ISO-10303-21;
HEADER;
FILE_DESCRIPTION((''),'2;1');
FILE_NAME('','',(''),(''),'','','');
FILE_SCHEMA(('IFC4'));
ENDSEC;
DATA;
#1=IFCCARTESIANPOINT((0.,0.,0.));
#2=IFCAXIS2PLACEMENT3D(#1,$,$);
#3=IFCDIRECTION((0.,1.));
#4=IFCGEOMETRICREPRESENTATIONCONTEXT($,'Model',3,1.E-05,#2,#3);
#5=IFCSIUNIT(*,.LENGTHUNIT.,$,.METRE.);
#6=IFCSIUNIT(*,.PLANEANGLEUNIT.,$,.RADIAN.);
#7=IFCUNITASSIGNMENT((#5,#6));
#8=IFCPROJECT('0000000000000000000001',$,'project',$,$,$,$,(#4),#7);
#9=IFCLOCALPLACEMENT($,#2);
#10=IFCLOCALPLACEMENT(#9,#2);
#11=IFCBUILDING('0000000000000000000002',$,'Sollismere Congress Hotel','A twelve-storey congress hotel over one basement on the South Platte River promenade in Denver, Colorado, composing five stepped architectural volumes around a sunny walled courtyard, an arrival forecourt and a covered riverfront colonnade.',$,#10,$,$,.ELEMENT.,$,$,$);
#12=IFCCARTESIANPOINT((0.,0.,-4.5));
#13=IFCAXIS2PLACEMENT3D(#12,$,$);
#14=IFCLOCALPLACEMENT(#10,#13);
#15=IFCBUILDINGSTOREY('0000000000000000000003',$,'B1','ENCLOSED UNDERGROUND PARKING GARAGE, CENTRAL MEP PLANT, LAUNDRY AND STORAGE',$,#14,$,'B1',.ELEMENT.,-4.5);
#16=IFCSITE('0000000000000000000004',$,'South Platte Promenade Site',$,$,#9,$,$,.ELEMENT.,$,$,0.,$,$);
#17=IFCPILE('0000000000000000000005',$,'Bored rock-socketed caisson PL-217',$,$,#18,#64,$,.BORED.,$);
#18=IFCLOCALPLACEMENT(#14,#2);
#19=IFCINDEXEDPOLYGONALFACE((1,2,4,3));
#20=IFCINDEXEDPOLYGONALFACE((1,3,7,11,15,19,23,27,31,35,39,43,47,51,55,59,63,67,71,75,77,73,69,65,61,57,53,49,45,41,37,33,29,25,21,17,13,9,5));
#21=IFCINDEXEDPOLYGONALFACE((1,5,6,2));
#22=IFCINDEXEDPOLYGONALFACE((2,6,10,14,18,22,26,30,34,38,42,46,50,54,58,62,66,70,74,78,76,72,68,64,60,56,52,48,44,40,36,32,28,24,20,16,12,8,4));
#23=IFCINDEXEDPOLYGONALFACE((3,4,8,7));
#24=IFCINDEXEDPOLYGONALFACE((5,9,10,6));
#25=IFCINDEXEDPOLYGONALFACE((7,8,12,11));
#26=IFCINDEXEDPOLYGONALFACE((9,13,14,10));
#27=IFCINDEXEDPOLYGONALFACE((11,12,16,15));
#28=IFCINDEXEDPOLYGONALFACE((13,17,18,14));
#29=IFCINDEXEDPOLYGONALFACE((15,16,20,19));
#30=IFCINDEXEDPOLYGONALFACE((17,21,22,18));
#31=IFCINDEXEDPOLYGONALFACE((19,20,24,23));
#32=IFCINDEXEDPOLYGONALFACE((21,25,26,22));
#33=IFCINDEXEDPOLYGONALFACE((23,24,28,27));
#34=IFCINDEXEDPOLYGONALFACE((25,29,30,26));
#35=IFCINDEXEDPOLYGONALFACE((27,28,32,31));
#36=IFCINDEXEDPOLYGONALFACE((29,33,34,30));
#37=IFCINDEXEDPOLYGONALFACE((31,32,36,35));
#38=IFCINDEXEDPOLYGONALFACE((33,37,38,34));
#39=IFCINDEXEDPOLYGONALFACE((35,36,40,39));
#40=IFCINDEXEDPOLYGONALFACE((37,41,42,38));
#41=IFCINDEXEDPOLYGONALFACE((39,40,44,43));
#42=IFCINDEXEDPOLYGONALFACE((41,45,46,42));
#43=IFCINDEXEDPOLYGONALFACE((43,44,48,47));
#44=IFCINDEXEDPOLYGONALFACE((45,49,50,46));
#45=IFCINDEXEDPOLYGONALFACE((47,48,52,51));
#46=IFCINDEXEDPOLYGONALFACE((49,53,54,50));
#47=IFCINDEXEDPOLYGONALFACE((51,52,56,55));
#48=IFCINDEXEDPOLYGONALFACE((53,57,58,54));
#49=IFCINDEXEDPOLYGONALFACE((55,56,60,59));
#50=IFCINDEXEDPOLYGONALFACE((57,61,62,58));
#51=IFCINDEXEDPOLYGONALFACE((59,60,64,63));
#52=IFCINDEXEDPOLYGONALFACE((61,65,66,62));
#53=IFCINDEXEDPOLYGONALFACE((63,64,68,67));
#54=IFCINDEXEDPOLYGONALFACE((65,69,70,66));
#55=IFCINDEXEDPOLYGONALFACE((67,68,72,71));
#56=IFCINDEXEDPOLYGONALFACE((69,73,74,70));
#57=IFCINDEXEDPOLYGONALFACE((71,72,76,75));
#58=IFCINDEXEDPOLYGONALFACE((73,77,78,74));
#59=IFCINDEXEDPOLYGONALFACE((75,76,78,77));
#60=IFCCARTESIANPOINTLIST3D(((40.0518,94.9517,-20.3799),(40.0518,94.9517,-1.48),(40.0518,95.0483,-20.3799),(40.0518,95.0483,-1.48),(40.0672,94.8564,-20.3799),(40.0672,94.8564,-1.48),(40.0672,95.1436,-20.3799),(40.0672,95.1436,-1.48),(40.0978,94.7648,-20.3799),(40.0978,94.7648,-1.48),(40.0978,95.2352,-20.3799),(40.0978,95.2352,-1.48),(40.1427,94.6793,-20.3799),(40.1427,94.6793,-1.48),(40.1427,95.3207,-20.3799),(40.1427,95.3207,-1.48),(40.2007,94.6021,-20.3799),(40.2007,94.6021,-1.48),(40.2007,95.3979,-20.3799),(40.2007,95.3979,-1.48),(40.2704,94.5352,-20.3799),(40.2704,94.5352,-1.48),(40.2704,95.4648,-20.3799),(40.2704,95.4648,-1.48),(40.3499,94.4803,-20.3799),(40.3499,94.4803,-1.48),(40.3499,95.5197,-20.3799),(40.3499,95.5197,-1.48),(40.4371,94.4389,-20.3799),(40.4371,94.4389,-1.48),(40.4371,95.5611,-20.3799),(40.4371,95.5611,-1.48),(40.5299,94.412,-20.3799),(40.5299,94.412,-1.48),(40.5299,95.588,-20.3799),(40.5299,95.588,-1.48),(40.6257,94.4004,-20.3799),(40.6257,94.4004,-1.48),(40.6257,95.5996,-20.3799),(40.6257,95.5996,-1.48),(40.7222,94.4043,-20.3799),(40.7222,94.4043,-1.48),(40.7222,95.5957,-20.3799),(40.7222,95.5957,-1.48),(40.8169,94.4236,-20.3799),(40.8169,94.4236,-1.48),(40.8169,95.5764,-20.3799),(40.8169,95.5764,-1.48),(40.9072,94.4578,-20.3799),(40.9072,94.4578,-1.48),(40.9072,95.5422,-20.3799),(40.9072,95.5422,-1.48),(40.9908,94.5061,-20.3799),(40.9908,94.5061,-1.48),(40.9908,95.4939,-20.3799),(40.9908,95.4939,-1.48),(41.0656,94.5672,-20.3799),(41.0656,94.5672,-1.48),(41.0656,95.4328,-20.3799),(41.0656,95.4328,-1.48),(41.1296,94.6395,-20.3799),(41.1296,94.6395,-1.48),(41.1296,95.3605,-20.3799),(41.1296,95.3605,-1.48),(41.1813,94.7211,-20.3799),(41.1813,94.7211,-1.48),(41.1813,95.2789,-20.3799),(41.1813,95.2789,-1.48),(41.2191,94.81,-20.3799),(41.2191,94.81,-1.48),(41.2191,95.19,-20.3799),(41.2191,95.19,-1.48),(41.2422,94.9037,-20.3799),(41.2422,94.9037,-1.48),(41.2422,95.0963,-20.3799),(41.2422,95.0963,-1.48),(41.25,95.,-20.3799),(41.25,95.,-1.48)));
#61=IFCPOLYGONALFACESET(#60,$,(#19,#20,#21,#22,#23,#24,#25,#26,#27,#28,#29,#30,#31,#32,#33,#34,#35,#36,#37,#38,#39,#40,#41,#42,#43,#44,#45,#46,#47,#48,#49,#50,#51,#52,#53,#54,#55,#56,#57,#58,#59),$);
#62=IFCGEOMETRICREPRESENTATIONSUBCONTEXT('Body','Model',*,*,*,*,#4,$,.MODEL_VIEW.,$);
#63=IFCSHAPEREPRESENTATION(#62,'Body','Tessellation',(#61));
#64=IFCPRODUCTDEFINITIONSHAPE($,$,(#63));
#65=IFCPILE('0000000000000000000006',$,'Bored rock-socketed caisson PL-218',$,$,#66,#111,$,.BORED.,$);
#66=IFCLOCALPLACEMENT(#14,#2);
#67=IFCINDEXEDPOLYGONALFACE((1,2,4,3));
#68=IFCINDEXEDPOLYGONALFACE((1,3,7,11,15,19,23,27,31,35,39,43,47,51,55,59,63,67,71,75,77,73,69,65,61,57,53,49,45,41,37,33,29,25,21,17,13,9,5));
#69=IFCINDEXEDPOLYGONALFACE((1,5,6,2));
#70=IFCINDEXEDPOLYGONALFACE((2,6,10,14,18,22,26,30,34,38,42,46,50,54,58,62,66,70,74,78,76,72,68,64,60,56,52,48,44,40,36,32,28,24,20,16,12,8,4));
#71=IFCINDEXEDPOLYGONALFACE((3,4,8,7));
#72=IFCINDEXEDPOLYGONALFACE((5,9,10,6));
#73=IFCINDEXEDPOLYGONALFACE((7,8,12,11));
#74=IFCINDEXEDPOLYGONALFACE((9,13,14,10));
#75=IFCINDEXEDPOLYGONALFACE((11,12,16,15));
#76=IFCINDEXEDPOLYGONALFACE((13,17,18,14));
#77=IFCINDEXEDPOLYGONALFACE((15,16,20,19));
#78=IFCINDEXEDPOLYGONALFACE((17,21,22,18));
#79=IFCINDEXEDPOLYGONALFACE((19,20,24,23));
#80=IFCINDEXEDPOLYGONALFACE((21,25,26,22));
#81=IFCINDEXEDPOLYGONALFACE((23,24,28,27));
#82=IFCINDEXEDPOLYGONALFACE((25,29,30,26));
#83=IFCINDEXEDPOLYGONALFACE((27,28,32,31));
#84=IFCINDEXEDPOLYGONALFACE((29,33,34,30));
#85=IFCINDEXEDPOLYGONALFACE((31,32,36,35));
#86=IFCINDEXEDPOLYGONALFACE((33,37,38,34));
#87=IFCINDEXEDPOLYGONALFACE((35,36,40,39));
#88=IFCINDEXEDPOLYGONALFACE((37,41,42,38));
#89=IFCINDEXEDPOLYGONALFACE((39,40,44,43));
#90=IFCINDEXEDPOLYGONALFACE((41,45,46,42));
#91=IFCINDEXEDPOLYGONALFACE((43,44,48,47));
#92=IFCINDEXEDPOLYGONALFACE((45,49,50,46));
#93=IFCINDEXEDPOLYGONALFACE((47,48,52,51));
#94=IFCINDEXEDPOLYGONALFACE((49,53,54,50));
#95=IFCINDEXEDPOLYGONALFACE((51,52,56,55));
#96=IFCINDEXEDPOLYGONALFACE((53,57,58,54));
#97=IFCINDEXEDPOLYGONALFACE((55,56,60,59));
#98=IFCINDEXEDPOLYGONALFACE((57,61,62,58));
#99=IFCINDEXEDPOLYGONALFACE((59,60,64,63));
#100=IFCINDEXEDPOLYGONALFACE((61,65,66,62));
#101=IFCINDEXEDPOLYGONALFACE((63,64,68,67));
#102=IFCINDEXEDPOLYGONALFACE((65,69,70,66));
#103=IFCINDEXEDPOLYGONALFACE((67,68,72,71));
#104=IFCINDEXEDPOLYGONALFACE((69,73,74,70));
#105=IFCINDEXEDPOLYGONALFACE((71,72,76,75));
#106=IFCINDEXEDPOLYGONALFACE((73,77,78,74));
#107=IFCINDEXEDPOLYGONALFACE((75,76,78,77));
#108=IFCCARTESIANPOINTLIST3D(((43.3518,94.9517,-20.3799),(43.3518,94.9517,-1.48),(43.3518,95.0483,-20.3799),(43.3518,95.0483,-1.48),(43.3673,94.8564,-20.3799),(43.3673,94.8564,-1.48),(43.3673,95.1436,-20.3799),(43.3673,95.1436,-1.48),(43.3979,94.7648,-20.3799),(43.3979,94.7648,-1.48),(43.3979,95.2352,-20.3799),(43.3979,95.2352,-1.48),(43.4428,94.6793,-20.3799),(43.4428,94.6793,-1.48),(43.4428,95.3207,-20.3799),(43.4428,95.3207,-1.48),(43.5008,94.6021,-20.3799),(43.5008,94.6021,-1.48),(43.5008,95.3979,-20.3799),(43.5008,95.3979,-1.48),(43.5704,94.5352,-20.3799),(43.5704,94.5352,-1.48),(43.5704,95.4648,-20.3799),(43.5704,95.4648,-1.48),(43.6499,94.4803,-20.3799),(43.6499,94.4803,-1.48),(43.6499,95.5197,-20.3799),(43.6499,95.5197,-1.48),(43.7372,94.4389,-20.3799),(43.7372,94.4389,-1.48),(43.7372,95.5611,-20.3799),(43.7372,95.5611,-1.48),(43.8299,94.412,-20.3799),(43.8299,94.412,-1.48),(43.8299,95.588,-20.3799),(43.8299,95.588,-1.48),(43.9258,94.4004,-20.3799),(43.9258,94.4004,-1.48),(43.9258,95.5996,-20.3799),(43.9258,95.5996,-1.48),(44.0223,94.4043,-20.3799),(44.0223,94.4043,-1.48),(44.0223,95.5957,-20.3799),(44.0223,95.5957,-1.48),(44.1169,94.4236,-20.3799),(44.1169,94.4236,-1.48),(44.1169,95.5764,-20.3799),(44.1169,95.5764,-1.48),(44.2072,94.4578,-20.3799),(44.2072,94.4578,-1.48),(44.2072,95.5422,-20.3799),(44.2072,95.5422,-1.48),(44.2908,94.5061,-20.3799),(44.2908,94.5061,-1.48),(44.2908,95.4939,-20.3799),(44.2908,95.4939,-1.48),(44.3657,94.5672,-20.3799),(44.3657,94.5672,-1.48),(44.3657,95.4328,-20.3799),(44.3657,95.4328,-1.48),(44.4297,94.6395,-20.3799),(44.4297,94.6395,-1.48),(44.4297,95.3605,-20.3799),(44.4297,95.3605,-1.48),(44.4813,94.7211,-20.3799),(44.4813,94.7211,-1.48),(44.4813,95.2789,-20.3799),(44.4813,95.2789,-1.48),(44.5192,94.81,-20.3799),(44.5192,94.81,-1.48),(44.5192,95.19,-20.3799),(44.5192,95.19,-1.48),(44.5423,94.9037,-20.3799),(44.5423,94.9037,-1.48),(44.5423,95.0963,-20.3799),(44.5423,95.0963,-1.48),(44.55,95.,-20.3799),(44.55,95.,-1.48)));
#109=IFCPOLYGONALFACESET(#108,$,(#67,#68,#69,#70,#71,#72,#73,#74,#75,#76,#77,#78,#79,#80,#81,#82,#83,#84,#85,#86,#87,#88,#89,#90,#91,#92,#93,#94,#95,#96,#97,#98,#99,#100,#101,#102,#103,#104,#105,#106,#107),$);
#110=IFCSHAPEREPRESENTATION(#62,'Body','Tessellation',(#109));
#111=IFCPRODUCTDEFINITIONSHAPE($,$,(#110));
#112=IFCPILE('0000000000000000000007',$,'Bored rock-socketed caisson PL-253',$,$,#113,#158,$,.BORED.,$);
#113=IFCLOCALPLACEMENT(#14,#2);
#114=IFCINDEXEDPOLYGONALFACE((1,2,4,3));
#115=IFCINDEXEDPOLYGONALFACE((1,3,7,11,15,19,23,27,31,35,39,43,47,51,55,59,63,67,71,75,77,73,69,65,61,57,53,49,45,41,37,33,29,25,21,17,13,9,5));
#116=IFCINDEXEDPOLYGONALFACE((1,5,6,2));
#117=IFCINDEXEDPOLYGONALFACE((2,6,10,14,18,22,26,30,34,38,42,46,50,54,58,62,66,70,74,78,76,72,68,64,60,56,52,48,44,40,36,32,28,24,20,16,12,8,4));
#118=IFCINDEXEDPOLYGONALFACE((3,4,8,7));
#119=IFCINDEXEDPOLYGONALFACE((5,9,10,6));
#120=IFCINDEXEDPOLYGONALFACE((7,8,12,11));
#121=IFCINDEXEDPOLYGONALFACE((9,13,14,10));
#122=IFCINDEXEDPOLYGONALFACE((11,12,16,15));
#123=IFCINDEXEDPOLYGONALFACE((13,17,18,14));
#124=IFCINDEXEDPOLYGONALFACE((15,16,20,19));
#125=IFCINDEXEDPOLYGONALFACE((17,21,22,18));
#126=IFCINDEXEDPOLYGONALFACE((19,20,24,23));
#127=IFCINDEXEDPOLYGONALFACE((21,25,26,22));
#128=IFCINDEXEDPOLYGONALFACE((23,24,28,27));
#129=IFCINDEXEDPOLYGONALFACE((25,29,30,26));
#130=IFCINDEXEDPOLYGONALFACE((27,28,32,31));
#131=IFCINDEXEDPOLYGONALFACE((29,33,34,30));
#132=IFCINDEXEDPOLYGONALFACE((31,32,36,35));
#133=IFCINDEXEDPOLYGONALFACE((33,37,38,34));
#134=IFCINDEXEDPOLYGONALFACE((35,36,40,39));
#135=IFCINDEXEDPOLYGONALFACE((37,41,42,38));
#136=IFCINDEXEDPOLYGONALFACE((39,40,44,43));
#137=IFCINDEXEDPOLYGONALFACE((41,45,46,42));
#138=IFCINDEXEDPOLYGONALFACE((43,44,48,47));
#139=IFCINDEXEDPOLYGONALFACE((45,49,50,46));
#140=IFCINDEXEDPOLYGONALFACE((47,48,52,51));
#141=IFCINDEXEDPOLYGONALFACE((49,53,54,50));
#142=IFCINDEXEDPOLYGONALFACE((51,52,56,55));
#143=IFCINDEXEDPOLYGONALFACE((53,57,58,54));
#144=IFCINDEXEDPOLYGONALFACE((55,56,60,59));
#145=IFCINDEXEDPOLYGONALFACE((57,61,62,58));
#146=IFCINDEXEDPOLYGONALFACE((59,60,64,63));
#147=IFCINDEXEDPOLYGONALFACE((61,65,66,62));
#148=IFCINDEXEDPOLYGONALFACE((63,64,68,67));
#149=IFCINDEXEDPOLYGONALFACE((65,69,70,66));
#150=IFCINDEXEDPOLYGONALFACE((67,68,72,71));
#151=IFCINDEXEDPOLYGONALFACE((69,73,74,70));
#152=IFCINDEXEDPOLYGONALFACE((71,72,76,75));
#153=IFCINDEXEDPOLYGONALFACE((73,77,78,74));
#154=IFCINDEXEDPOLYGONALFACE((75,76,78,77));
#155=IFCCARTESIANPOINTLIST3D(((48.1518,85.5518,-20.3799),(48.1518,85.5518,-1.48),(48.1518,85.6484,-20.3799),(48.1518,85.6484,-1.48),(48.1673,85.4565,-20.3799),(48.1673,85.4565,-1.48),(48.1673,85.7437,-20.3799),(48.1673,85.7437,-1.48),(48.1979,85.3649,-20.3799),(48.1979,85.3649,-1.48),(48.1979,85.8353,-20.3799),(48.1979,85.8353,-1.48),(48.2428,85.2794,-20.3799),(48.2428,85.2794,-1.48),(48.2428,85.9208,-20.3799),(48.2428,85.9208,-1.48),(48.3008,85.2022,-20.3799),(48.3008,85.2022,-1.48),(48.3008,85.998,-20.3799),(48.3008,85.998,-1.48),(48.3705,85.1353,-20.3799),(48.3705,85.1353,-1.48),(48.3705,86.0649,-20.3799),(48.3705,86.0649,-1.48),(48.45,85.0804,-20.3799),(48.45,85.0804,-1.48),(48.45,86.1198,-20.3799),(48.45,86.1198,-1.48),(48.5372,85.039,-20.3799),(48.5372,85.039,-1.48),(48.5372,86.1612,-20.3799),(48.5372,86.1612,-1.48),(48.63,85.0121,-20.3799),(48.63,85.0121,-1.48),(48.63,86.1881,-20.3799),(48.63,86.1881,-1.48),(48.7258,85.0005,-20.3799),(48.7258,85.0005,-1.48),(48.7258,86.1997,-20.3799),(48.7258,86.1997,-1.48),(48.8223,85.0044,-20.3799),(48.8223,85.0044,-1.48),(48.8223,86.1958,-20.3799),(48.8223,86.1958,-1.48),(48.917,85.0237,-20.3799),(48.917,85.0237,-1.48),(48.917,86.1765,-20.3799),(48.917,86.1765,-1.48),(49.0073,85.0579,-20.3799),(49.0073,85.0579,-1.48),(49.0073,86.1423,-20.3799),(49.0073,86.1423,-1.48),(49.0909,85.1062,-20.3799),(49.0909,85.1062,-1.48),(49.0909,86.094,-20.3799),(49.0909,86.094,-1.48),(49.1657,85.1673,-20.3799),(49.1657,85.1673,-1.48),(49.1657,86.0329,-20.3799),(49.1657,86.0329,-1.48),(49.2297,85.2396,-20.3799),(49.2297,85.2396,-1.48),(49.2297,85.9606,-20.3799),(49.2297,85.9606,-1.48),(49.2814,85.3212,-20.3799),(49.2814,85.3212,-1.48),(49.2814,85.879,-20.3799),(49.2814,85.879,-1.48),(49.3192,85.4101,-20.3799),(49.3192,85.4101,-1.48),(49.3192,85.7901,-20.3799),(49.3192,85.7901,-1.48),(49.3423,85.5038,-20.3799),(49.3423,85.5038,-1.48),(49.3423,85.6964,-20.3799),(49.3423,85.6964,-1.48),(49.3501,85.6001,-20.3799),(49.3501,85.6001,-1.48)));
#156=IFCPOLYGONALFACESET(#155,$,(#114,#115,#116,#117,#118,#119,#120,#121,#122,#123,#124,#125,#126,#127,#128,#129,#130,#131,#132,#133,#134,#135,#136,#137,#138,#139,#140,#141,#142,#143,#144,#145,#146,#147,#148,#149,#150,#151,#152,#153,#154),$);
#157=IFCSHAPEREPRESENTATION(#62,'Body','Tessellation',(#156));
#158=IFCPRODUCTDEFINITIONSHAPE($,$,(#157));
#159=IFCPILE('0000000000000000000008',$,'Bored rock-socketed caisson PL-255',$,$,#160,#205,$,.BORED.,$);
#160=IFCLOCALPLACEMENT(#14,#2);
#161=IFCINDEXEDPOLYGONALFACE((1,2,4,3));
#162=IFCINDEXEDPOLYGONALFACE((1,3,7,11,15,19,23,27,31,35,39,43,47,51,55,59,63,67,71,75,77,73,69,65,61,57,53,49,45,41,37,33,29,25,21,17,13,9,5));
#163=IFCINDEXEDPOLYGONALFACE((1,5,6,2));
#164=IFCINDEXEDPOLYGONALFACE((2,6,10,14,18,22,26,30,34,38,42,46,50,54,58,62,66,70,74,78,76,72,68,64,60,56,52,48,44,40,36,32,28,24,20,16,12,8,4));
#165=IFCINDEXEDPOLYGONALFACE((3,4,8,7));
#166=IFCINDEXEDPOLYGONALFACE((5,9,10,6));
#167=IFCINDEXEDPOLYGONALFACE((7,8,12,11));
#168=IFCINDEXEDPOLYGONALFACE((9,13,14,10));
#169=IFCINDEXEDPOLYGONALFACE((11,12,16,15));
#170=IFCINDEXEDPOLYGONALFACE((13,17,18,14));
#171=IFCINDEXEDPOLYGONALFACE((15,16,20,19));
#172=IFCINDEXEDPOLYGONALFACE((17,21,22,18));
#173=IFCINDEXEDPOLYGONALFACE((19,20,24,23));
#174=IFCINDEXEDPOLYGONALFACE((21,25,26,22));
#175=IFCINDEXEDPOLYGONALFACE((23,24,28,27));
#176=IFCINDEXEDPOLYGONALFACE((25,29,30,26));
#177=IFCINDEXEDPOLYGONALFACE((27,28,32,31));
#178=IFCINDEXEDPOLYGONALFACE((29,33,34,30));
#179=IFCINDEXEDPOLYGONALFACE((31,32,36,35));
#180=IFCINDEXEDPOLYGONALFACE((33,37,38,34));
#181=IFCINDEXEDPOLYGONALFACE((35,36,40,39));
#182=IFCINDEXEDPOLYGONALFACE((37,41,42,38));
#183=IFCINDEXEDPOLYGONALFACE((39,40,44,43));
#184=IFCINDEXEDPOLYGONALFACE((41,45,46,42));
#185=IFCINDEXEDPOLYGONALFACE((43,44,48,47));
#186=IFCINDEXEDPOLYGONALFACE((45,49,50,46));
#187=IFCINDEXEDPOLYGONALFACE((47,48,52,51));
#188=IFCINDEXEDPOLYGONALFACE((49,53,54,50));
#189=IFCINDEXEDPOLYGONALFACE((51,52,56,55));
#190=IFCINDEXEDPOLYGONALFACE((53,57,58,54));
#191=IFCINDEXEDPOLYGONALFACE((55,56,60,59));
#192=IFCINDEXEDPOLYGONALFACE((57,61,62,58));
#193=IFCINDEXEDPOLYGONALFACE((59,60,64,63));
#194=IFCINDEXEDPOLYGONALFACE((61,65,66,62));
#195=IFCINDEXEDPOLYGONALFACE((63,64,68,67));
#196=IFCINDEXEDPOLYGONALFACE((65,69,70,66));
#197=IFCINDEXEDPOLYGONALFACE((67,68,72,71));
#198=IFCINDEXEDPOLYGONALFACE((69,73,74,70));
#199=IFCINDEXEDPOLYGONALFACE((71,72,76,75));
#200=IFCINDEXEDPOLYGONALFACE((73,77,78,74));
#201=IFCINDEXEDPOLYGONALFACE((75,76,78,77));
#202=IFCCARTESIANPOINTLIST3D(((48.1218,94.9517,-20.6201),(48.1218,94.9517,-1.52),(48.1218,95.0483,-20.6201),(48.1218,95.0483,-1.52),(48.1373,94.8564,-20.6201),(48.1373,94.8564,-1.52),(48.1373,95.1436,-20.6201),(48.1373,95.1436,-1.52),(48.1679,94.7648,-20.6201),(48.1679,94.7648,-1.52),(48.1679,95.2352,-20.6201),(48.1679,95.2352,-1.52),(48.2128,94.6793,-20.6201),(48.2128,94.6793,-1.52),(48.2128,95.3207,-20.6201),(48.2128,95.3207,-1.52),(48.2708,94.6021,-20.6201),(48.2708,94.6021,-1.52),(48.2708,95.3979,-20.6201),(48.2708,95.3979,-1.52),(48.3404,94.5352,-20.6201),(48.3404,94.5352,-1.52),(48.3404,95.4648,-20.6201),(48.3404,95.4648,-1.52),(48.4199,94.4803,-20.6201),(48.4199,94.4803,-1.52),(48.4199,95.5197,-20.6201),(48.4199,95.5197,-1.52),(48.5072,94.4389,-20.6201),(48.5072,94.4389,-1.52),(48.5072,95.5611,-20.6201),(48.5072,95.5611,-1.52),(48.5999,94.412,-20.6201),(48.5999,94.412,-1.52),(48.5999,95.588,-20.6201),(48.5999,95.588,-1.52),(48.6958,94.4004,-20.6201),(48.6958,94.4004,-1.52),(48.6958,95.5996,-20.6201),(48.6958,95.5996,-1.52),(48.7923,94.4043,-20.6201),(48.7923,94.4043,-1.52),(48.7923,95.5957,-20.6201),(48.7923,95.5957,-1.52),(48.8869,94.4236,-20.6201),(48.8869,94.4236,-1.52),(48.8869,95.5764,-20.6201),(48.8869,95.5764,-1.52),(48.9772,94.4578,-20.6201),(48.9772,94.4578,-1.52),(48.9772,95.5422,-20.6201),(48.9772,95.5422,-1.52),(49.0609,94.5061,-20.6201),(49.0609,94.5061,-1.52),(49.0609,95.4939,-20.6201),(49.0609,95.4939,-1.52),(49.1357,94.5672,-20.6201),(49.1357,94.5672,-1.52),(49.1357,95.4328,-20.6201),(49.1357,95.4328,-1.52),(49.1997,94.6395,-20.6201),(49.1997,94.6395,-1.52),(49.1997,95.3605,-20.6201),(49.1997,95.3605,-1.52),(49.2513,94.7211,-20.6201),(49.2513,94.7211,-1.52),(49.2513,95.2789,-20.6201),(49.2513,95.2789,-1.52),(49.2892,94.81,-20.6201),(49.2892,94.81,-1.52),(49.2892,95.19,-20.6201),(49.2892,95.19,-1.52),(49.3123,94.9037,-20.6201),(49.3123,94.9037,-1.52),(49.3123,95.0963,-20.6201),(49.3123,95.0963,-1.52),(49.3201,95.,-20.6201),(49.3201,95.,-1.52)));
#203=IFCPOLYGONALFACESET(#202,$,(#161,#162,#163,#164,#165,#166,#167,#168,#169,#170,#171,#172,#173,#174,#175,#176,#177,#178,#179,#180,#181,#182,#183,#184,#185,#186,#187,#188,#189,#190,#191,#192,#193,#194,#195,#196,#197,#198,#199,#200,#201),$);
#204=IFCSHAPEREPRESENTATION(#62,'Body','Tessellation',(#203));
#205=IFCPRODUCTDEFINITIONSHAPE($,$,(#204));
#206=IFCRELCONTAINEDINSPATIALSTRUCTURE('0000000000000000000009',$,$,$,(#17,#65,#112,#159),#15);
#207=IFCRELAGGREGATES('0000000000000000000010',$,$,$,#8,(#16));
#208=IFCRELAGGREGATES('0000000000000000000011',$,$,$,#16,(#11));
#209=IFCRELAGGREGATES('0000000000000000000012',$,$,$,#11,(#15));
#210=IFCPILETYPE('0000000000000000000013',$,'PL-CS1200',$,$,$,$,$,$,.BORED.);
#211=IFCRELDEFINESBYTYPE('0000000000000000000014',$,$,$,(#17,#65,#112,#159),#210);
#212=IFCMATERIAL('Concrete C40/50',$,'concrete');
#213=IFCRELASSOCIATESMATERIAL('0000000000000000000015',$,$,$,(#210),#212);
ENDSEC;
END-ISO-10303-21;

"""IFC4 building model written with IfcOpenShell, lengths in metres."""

from ifc_helpers import new_model, si_unit, direction, frame, origin, origin_2d, place, context, subcontext, project, spatial, circle, extrude, material, material_profile, profile_set, type_object, element, save


model = new_model("IFC4")

# Units and contexts
model_context = context("Model", 3, precision=1e-05, world=origin(), true_north=direction((0.0, 1.0)))
body_context = subcontext(model_context, "Body", "Model", "MODEL_VIEW")
ifc_project = project(units=[si_unit("LENGTHUNIT", "METRE"), si_unit("PLANEANGLEUNIT", "RADIAN")], contexts=[model_context])

# Site, building, storey
site_placement = place(None, origin())
site = spatial("IfcSite", under=ifc_project, at=site_placement, Name="South Platte Promenade Site", CompositionType="ELEMENT", RefElevation=0.0)
building_placement = place(site_placement, origin())
building = spatial("IfcBuilding", under=site, at=building_placement, Name="Sollismere Congress Hotel", Description="A twelve-storey congress hotel over one basement on the South Platte River promenade in Denver, Colorado, composing five stepped architectural volumes around a sunny walled courtyard, an arrival forecourt and a covered riverfront colonnade.", CompositionType="ELEMENT")
storey_placement = place(building_placement, frame((0.0, 0.0, -4.5)))
storey = spatial("IfcBuildingStorey", under=building, at=storey_placement, Name="B1", Description="ENCLOSED UNDERGROUND PARKING GARAGE, CENTRAL MEP PLANT, LAUNDRY AND STORAGE", LongName="B1", CompositionType="ELEMENT", Elevation=-4.5)

# Shared definitions
ifc_material_1 = material(Name="Concrete C40/50", Category="concrete")

# Piles
ifc_material_profile_1 = material_profile(ifc_material_1, circle(Radius=0.6001, at=origin_2d()), Name="CAISSON1200")
ifc_profile_set_1 = profile_set([ifc_material_profile_1], Name="Concrete C40/50")
pile_type = type_object("IfcPileType", Name="PL-CS1200", PredefinedType="BORED", material=ifc_profile_set_1)
for number, where, z_axis, x_axis, name in (
    (1, (40.6499, 95.0, -1.48), (0.0, 0.0, -1.0), (1.0, 0.0, 0.0), "Bored rock-socketed caisson PL-217"),
    (2, (43.95, 95.0, -1.48), (0.0, 0.0, -1.0), (1.0, 0.0, 0.0), "Bored rock-socketed caisson PL-218"),
    (3, (48.75, 85.6001, -1.48), (0.0, 0.0, -1.0), (1.0, 0.0, 0.0), "Bored rock-socketed caisson PL-253"),
):
    element("IfcPile", number, at=place(storey_placement, frame(where, z_axis=z_axis, x_axis=x_axis)), inside=storey, type_object=pile_type, Name=name, PredefinedType="BORED", context=body_context, shape_type="SweptSolid", body=[
        extrude(circle(Radius=0.6001, at=origin_2d()), origin(), (0.0, 0.0, 1.0), 18.8999),
    ])
pile_placement = place(storey_placement, frame((48.72, 95.0, -1.52), z_axis=(0.0, 0.0, -1.0), x_axis=(1.0, 0.0, 0.0)))
element("IfcPile", 4, at=pile_placement, inside=storey, type_object=pile_type, Name="Bored rock-socketed caisson PL-255", PredefinedType="BORED", context=body_context, shape_type="SweptSolid", body=[
    extrude(circle(Radius=0.6001, at=origin_2d()), origin(), (0.0, 0.0, 1.0), 19.1001),
])

save(model, "model.ifc")
